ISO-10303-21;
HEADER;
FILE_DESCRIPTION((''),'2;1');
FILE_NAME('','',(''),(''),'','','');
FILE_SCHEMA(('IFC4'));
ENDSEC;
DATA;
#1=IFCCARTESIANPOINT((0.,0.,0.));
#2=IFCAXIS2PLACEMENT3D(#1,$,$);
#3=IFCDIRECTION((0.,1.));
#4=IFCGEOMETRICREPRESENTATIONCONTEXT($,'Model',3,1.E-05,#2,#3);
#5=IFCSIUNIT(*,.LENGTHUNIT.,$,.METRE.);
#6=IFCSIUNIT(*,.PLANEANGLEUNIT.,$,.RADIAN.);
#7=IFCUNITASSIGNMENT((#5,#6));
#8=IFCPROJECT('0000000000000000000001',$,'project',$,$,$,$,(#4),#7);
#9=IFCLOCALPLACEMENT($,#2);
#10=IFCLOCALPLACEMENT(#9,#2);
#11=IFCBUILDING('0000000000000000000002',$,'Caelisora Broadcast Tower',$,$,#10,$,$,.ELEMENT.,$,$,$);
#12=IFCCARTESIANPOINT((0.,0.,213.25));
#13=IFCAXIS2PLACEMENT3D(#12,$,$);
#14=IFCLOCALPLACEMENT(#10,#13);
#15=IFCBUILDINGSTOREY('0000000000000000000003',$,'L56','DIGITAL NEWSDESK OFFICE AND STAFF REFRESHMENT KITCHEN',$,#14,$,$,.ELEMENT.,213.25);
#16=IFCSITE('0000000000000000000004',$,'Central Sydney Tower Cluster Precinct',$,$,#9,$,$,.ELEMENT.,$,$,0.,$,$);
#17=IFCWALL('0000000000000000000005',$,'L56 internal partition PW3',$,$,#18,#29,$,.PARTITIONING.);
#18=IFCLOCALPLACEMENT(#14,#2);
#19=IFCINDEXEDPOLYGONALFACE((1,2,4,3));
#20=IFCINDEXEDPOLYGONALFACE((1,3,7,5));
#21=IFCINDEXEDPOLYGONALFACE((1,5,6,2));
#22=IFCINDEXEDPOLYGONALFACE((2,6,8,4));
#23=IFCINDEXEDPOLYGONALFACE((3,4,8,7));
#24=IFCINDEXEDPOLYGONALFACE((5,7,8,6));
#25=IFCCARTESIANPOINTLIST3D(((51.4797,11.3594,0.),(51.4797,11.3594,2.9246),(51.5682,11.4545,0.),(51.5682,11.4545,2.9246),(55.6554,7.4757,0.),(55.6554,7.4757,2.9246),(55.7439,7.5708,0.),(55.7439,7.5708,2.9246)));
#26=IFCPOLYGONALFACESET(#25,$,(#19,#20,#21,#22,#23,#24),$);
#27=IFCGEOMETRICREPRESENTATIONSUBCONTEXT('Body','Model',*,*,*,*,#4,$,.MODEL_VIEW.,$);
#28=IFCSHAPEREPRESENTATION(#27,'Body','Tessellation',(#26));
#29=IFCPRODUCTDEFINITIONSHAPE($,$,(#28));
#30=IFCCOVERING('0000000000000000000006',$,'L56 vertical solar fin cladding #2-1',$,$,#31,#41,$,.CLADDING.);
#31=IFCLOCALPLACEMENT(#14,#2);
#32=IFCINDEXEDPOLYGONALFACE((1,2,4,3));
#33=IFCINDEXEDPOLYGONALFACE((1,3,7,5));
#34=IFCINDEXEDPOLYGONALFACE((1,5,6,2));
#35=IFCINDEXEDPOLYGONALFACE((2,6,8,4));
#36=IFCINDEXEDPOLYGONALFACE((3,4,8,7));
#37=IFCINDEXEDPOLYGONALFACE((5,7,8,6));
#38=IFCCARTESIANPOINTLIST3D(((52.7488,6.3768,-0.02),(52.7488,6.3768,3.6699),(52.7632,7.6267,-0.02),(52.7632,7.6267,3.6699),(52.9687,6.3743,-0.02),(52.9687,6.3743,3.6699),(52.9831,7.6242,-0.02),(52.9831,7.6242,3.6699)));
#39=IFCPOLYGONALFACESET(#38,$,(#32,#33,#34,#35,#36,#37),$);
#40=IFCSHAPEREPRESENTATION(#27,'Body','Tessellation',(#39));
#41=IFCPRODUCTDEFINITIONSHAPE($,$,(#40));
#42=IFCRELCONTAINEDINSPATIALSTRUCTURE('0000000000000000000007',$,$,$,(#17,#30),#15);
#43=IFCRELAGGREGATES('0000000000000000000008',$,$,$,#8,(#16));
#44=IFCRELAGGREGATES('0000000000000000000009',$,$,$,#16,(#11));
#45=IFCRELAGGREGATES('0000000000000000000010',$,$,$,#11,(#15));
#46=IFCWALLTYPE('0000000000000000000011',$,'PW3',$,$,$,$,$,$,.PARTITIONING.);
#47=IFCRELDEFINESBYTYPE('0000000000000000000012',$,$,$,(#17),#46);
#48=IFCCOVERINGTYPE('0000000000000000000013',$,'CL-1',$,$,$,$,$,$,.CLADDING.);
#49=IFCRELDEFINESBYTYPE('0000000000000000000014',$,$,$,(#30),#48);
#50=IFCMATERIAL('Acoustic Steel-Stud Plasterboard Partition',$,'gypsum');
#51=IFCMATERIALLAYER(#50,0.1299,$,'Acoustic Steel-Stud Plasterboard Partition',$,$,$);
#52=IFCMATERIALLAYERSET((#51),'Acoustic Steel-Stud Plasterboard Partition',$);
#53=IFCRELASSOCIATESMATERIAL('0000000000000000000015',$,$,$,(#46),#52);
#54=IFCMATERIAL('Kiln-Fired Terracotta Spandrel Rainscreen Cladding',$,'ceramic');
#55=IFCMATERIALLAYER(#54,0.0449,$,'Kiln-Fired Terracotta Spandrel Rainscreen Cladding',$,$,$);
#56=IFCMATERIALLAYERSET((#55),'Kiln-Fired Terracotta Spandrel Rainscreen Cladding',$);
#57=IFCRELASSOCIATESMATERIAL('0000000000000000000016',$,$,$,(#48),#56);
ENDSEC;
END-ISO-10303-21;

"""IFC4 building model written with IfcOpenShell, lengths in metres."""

from ifc_helpers import new_model, si_unit, direction, frame, frame_2d, origin, origin_2d, place, context, subcontext, project, spatial, rectangle, extrude, source, transform, mapped, material, layer, layer_set, type_object, type_shapes, element, save


model = new_model("IFC4")

# Units and contexts
model_context = context("Model", 3, precision=1e-05, world=origin(), true_north=direction((0.0, 1.0)))
body_context = subcontext(model_context, "Body", "Model", "MODEL_VIEW")
ifc_project = project(units=[si_unit("LENGTHUNIT", "METRE"), si_unit("PLANEANGLEUNIT", "RADIAN")], contexts=[model_context])

# Site, building, storey
site_placement = place(None, origin())
site = spatial("IfcSite", under=ifc_project, at=site_placement, Name="Central Sydney Tower Cluster Precinct", CompositionType="ELEMENT", RefElevation=0.0)
building_placement = place(site_placement, origin())
building = spatial("IfcBuilding", under=site, at=building_placement, Name="Caelisora Broadcast Tower", CompositionType="ELEMENT")
storey_placement = place(building_placement, frame((0.0, 0.0, 213.25)))
storey = spatial("IfcBuildingStorey", under=building, at=storey_placement, Name="L56", Description="DIGITAL NEWSDESK OFFICE AND STAFF REFRESHMENT KITCHEN", CompositionType="ELEMENT", Elevation=213.25)

# Shared definitions
ifc_material_1 = material(Name="Acoustic Steel-Stud Plasterboard Partition", Category="gypsum")
ifc_layer_1 = layer(ifc_material_1, 0.1299, Name="Acoustic Steel-Stud Plasterboard Partition")
ifc_layer_set_1 = layer_set([ifc_layer_1], Name="Acoustic Steel-Stud Plasterboard Partition")
wall_type_1 = type_object("IfcWallType", Name="PW3", PredefinedType="PARTITIONING", material=ifc_layer_set_1)

# Wall
wall_1_placement = place(storey_placement, frame((51.5239, 11.407, 0.0), z_axis=(0.0, 0.0, 1.0), x_axis=(0.732244, -0.681042, 0.0)))
element("IfcWall", 1, at=wall_1_placement, inside=storey, type_object=wall_type_1, Name="L56 internal partition PW3", PredefinedType="PARTITIONING", context=body_context, shape_type="SweptSolid", body=[
    extrude(rectangle(XDim=5.7026, YDim=0.1299, at=frame_2d((2.8513, 0.0))), origin(), (0.0, 0.0, 1.0), 2.9246),
])

# Covering
ifc_material_2 = material(Name="Kiln-Fired Terracotta Spandrel Rainscreen Cladding", Category="ceramic")
ifc_layer_2 = layer(ifc_material_2, 0.0449, Name="Kiln-Fired Terracotta Spandrel Rainscreen Cladding")
ifc_layer_set_2 = layer_set([ifc_layer_2], Name="Kiln-Fired Terracotta Spandrel Rainscreen Cladding")
covering_type = type_object("IfcCoveringType", Name="CL-1", PredefinedType="CLADDING", material=ifc_layer_set_2)
shared_shape_1 = source(origin(), body_context, "Body", "SweptSolid", [
    extrude(rectangle(XDim=0.22, YDim=1.25, at=origin_2d()), origin(), (0.0, 0.0, 1.0), 3.6899),
])
type_shapes(covering_type, [shared_shape_1])
covering_placement = place(storey_placement, frame((52.866, 7.0005, -0.02), z_axis=(0.0, 0.0, 1.0), x_axis=(-0.999934, 0.011519, 0.0)))
element("IfcCovering", 2, at=covering_placement, inside=storey, type_object=covering_type, Name="L56 vertical solar fin cladding #2-1", PredefinedType="CLADDING", context=body_context, shape_type="MappedRepresentation", body=[
    mapped(shared_shape_1, transform((0.0, 0.0, 0.0), scale=1.0)),
])

save(model, "model.ifc")
